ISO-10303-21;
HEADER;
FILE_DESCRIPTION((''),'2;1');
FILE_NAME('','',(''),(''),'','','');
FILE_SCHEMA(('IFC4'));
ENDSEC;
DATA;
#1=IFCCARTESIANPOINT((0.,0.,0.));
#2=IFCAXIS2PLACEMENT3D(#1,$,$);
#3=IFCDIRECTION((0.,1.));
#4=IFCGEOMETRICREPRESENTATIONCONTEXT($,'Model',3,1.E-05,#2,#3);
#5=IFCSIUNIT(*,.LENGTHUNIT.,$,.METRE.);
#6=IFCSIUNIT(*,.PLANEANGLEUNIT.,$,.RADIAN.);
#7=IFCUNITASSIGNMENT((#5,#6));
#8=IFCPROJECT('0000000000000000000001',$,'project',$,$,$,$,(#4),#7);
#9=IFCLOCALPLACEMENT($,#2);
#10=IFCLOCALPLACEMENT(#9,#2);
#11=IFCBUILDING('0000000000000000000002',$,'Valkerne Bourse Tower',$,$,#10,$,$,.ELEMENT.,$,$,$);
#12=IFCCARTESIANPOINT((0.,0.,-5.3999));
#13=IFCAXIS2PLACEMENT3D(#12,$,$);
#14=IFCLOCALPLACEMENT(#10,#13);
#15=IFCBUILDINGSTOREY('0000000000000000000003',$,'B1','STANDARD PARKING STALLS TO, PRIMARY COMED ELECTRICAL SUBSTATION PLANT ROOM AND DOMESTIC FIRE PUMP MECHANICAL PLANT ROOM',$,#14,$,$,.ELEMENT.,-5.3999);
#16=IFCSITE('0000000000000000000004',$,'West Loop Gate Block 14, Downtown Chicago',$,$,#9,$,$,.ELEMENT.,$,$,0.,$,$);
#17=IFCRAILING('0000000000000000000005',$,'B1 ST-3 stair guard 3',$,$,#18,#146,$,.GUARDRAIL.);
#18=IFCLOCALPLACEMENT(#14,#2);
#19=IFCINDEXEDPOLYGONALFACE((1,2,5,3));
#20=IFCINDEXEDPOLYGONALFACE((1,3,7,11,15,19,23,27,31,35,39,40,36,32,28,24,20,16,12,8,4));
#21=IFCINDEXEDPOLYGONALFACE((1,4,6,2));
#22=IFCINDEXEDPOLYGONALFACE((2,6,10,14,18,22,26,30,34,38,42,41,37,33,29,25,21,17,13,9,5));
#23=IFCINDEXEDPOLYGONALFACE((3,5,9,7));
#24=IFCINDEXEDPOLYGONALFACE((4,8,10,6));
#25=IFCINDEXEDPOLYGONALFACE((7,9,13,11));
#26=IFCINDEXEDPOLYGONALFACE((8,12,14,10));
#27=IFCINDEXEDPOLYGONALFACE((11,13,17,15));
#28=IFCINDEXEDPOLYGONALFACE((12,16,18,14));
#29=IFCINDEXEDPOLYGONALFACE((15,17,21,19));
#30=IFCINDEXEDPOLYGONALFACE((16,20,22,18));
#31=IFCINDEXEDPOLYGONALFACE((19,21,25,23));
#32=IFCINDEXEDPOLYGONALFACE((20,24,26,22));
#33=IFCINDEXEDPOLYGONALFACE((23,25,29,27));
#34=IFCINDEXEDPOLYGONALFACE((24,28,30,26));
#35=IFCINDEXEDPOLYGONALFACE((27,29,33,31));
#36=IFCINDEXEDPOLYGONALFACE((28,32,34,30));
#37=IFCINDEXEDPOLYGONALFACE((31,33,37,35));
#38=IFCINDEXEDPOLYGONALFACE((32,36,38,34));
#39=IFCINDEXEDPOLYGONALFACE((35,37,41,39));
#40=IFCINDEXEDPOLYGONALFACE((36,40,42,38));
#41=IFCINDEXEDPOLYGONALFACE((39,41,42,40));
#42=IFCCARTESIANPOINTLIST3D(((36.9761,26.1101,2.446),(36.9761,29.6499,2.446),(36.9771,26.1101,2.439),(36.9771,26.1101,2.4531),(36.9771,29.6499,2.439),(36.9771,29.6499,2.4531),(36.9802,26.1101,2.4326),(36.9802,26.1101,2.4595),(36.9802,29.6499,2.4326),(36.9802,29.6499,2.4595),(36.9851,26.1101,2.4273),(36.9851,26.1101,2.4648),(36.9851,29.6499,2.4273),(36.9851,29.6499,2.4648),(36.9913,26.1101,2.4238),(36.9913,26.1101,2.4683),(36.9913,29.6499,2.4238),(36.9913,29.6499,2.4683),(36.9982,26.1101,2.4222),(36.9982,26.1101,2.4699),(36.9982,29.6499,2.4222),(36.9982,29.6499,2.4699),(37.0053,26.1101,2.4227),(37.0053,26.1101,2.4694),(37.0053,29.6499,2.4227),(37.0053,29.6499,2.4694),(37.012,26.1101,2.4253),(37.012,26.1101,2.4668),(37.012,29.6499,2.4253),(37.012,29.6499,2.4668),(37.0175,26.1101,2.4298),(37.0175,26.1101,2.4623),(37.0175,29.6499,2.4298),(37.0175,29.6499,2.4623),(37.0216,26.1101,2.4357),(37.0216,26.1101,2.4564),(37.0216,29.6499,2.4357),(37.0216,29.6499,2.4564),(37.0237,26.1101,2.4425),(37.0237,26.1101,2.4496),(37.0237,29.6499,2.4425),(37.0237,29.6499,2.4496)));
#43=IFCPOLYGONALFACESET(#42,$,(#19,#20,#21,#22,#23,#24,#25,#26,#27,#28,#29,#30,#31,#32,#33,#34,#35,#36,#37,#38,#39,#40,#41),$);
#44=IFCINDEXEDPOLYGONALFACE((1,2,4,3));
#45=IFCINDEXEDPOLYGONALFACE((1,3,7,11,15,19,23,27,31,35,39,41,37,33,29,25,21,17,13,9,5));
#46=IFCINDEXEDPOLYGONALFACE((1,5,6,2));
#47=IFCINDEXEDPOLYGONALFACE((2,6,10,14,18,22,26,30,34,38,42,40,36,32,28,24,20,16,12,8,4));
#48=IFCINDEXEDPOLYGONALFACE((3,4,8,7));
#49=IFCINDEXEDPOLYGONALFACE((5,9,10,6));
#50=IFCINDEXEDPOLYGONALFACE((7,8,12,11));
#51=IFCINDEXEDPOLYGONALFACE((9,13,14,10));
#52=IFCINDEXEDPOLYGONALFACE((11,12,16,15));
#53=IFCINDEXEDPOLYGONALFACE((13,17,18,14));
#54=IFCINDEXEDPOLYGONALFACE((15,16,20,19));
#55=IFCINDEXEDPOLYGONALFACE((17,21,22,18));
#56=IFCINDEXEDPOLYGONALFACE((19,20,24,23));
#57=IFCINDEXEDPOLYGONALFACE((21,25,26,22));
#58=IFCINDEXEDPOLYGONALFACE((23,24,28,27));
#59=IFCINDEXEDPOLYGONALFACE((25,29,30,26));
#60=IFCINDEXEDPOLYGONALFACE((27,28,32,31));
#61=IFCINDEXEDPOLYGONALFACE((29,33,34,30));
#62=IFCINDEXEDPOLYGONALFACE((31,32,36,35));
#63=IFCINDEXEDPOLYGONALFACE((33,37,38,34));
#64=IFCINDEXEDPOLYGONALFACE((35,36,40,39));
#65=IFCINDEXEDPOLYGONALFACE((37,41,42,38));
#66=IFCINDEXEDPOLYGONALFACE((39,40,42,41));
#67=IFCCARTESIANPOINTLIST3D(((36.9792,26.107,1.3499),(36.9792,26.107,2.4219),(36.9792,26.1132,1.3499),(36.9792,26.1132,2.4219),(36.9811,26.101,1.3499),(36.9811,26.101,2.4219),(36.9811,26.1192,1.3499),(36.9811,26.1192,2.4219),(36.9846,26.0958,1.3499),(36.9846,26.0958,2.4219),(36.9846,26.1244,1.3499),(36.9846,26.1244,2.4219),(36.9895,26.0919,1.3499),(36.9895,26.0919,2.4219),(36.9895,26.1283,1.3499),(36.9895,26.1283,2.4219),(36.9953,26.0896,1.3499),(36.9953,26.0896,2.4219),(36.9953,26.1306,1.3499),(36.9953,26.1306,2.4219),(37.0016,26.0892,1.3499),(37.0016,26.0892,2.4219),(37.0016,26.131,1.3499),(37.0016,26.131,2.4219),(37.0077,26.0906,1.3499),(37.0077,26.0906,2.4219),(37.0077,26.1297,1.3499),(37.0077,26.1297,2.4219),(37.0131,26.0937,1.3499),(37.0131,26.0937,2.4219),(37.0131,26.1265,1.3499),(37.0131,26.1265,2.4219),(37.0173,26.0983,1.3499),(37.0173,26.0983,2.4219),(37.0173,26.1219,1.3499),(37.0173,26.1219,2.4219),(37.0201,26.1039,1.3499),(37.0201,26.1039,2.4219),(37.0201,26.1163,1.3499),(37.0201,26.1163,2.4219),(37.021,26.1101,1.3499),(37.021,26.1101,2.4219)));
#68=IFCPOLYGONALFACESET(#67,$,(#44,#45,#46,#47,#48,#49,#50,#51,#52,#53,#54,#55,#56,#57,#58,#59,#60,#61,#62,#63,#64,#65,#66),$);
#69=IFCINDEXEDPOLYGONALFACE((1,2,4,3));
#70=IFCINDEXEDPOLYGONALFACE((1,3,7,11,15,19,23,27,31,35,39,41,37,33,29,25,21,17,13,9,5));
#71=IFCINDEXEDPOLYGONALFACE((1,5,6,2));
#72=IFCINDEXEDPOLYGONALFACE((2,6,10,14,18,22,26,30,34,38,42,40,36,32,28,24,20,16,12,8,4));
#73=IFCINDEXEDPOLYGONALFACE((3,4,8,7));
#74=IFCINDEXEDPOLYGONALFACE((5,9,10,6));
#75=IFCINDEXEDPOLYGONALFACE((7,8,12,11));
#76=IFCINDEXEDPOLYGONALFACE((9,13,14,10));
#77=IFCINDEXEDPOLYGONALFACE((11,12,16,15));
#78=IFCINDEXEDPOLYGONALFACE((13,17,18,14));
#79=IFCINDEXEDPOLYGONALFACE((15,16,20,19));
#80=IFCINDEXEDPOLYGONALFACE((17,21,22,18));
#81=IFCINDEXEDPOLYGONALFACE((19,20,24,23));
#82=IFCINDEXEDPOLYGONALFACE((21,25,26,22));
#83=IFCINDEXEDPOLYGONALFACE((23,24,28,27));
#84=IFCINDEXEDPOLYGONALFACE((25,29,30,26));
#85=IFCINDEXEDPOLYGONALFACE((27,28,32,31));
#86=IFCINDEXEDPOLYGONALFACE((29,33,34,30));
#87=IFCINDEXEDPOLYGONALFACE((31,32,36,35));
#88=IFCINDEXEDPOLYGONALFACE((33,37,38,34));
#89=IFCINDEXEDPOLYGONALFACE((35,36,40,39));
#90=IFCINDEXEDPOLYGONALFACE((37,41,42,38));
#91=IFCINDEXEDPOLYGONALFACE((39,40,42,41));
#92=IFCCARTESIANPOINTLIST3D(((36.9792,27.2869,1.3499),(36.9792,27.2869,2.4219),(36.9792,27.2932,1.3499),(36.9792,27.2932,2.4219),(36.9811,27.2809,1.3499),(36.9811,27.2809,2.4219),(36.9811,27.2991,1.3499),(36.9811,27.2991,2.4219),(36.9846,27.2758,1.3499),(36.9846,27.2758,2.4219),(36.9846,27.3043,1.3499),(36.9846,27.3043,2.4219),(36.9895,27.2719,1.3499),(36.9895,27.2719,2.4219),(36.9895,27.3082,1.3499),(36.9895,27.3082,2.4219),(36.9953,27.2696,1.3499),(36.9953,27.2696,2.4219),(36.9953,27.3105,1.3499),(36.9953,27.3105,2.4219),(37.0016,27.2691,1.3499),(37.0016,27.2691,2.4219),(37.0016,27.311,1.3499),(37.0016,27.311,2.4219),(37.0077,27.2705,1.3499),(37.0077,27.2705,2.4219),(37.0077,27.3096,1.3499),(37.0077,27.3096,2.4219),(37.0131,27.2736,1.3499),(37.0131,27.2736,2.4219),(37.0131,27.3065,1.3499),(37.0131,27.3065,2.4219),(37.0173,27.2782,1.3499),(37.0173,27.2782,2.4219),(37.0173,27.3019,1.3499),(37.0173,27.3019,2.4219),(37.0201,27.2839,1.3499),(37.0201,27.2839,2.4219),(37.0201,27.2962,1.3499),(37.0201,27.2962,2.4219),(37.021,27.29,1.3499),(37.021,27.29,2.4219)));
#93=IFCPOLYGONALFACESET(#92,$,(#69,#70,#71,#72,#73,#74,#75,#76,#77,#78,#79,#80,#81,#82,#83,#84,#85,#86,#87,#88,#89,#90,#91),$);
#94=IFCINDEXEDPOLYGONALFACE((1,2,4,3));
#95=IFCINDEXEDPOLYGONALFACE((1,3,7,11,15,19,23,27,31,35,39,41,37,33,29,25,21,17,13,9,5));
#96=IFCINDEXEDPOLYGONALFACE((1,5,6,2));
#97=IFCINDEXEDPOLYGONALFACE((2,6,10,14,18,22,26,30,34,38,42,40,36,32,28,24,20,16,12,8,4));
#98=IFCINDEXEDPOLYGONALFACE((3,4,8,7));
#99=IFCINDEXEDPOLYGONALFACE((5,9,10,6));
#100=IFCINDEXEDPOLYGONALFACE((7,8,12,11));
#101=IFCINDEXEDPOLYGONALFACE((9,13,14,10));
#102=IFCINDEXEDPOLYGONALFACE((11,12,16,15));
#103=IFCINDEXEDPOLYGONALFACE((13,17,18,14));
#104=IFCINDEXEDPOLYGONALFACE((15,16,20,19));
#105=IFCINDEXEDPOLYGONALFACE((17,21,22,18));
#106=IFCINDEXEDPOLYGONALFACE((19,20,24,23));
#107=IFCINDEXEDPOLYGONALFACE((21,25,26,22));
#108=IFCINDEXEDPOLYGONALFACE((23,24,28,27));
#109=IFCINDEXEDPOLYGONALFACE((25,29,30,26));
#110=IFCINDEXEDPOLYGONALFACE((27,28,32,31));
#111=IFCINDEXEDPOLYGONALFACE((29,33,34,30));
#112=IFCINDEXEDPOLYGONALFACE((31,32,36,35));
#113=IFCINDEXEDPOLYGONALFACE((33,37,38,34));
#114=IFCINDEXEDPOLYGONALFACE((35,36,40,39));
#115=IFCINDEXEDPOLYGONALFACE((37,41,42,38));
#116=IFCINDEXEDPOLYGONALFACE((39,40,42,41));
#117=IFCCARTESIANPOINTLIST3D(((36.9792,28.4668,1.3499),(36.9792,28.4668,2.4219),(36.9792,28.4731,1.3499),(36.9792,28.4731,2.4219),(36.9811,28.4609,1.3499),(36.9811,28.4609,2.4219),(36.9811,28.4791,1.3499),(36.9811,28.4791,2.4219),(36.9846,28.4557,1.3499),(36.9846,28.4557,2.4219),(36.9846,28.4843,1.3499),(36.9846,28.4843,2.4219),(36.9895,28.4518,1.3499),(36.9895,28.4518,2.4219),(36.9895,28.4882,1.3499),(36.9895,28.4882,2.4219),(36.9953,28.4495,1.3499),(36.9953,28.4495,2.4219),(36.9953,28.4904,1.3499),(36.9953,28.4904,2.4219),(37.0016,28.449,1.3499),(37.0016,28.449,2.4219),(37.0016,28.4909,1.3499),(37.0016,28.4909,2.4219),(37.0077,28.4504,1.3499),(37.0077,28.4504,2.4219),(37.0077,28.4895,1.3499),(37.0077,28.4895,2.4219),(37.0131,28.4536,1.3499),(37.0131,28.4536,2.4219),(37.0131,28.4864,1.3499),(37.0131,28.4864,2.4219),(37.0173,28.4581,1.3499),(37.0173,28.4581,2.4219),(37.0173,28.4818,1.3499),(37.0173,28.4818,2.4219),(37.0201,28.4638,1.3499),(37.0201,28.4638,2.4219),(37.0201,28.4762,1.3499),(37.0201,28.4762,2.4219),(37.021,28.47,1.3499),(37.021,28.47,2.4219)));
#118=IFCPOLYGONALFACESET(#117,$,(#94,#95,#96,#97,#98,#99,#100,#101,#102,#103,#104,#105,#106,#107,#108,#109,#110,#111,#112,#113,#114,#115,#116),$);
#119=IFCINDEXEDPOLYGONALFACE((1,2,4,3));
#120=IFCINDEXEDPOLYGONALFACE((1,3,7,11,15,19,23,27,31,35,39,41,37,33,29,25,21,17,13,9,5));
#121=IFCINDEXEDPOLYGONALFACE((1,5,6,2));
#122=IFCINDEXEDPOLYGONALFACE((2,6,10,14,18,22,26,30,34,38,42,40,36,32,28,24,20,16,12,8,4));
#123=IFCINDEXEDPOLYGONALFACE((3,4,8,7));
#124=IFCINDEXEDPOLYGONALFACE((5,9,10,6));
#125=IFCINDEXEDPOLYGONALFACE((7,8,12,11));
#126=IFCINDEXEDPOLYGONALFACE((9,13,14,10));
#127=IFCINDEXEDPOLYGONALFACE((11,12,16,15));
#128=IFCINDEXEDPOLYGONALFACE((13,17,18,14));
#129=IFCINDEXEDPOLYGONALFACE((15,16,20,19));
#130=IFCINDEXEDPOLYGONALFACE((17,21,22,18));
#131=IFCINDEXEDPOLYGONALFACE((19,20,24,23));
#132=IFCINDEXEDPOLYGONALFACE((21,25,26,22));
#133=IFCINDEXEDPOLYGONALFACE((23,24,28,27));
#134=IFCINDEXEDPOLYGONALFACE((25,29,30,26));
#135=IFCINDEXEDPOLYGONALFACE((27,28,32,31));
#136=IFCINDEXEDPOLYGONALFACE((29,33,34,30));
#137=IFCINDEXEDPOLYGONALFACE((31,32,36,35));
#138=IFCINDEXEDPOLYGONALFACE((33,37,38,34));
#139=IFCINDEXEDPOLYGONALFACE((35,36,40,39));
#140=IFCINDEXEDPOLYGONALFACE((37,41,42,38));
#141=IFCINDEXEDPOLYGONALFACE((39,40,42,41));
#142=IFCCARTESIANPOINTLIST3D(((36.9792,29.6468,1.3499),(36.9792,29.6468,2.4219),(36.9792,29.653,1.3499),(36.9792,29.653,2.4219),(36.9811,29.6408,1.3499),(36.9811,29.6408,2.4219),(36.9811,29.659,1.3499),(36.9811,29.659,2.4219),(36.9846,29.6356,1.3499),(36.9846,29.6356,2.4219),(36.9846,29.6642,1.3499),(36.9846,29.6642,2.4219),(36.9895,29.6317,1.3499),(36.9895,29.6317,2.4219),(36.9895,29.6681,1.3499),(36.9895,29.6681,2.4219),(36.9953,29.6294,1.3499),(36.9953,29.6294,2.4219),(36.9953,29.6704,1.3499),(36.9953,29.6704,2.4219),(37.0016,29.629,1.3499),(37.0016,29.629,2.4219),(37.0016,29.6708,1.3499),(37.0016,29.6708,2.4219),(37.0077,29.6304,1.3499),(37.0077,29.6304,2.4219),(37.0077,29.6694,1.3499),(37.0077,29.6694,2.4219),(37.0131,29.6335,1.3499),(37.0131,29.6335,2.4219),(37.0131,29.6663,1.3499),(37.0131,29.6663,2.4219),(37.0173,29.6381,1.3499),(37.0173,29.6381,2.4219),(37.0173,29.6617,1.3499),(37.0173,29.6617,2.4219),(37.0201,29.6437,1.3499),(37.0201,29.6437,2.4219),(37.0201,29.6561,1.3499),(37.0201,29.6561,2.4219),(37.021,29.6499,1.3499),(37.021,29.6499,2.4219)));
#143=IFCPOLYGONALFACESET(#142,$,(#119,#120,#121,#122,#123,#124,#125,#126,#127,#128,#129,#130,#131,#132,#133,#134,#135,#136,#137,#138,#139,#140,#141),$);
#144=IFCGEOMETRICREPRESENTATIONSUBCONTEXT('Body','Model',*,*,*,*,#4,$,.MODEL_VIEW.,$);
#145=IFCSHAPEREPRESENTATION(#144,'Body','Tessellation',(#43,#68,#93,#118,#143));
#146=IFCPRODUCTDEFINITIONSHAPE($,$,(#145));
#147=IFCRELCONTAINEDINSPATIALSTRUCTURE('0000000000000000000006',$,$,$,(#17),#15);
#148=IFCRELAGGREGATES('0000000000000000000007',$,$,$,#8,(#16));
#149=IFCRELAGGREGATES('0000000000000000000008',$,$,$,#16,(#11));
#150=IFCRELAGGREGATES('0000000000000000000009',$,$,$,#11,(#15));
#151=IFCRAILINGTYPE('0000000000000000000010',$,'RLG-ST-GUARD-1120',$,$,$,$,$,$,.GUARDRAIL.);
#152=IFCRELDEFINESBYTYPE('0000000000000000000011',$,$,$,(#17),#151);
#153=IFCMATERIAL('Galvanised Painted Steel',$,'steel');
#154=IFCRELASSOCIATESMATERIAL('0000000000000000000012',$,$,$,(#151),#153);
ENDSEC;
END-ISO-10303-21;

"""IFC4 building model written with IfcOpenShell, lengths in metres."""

from ifc_helpers import new_model, si_unit, direction, frame, origin, origin_2d, place, context, subcontext, project, spatial, circle, extrude, material, type_object, element, save


model = new_model("IFC4")

# Units and contexts
model_context = context("Model", 3, precision=1e-05, world=origin(), true_north=direction((0.0, 1.0)))
body_context = subcontext(model_context, "Body", "Model", "MODEL_VIEW")
ifc_project = project(units=[si_unit("LENGTHUNIT", "METRE"), si_unit("PLANEANGLEUNIT", "RADIAN")], contexts=[model_context])

# Site, building, storey
site_placement = place(None, origin())
site = spatial("IfcSite", under=ifc_project, at=site_placement, Name="West Loop Gate Block 14, Downtown Chicago", CompositionType="ELEMENT", RefElevation=0.0)
building_placement = place(site_placement, origin())
building = spatial("IfcBuilding", under=site, at=building_placement, Name="Valkerne Bourse Tower", CompositionType="ELEMENT")
storey_placement = place(building_placement, frame((0.0, 0.0, -5.3999)))
storey = spatial("IfcBuildingStorey", under=building, at=storey_placement, Name="B1", Description="STANDARD PARKING STALLS TO, PRIMARY COMED ELECTRICAL SUBSTATION PLANT ROOM AND DOMESTIC FIRE PUMP MECHANICAL PLANT ROOM", CompositionType="ELEMENT", Elevation=-5.3999)

# Shared definitions
ifc_material_1 = material(Name="Galvanised Painted Steel", Category="steel")

# Railing
railing_type = type_object("IfcRailingType", Name="RLG-ST-GUARD-1120", PredefinedType="GUARDRAIL", material=ifc_material_1)
railing_1_placement = place(storey_placement, frame((37.0, 26.1101, 1.3499)))
element("IfcRailing", 1, at=railing_1_placement, inside=storey, type_object=railing_type, Name="B1 ST-3 stair guard 3", PredefinedType="GUARDRAIL", context=body_context, shape_type="SweptSolid", body=[
    extrude(circle(Radius=0.0239, at=origin_2d()), frame((0.0, 0.0, 1.0962), z_axis=(0.0, 1.0, 0.0), x_axis=(-1.0, 0.0, 0.0)), (0.0, 0.0, 1.0), 3.5398),
    extrude(circle(Radius=0.021, at=origin_2d()), origin(), (0.0, 0.0, 1.0), 1.072),
    extrude(circle(Radius=0.021, at=origin_2d()), frame((0.0, 1.1799, 0.0)), (0.0, 0.0, 1.0), 1.072),
    extrude(circle(Radius=0.021, at=origin_2d()), frame((0.0, 2.3599, 0.0)), (0.0, 0.0, 1.0), 1.072),
    extrude(circle(Radius=0.021, at=origin_2d()), frame((0.0, 3.5398, 0.0)), (0.0, 0.0, 1.0), 1.072),
])

save(model, "model.ifc")
